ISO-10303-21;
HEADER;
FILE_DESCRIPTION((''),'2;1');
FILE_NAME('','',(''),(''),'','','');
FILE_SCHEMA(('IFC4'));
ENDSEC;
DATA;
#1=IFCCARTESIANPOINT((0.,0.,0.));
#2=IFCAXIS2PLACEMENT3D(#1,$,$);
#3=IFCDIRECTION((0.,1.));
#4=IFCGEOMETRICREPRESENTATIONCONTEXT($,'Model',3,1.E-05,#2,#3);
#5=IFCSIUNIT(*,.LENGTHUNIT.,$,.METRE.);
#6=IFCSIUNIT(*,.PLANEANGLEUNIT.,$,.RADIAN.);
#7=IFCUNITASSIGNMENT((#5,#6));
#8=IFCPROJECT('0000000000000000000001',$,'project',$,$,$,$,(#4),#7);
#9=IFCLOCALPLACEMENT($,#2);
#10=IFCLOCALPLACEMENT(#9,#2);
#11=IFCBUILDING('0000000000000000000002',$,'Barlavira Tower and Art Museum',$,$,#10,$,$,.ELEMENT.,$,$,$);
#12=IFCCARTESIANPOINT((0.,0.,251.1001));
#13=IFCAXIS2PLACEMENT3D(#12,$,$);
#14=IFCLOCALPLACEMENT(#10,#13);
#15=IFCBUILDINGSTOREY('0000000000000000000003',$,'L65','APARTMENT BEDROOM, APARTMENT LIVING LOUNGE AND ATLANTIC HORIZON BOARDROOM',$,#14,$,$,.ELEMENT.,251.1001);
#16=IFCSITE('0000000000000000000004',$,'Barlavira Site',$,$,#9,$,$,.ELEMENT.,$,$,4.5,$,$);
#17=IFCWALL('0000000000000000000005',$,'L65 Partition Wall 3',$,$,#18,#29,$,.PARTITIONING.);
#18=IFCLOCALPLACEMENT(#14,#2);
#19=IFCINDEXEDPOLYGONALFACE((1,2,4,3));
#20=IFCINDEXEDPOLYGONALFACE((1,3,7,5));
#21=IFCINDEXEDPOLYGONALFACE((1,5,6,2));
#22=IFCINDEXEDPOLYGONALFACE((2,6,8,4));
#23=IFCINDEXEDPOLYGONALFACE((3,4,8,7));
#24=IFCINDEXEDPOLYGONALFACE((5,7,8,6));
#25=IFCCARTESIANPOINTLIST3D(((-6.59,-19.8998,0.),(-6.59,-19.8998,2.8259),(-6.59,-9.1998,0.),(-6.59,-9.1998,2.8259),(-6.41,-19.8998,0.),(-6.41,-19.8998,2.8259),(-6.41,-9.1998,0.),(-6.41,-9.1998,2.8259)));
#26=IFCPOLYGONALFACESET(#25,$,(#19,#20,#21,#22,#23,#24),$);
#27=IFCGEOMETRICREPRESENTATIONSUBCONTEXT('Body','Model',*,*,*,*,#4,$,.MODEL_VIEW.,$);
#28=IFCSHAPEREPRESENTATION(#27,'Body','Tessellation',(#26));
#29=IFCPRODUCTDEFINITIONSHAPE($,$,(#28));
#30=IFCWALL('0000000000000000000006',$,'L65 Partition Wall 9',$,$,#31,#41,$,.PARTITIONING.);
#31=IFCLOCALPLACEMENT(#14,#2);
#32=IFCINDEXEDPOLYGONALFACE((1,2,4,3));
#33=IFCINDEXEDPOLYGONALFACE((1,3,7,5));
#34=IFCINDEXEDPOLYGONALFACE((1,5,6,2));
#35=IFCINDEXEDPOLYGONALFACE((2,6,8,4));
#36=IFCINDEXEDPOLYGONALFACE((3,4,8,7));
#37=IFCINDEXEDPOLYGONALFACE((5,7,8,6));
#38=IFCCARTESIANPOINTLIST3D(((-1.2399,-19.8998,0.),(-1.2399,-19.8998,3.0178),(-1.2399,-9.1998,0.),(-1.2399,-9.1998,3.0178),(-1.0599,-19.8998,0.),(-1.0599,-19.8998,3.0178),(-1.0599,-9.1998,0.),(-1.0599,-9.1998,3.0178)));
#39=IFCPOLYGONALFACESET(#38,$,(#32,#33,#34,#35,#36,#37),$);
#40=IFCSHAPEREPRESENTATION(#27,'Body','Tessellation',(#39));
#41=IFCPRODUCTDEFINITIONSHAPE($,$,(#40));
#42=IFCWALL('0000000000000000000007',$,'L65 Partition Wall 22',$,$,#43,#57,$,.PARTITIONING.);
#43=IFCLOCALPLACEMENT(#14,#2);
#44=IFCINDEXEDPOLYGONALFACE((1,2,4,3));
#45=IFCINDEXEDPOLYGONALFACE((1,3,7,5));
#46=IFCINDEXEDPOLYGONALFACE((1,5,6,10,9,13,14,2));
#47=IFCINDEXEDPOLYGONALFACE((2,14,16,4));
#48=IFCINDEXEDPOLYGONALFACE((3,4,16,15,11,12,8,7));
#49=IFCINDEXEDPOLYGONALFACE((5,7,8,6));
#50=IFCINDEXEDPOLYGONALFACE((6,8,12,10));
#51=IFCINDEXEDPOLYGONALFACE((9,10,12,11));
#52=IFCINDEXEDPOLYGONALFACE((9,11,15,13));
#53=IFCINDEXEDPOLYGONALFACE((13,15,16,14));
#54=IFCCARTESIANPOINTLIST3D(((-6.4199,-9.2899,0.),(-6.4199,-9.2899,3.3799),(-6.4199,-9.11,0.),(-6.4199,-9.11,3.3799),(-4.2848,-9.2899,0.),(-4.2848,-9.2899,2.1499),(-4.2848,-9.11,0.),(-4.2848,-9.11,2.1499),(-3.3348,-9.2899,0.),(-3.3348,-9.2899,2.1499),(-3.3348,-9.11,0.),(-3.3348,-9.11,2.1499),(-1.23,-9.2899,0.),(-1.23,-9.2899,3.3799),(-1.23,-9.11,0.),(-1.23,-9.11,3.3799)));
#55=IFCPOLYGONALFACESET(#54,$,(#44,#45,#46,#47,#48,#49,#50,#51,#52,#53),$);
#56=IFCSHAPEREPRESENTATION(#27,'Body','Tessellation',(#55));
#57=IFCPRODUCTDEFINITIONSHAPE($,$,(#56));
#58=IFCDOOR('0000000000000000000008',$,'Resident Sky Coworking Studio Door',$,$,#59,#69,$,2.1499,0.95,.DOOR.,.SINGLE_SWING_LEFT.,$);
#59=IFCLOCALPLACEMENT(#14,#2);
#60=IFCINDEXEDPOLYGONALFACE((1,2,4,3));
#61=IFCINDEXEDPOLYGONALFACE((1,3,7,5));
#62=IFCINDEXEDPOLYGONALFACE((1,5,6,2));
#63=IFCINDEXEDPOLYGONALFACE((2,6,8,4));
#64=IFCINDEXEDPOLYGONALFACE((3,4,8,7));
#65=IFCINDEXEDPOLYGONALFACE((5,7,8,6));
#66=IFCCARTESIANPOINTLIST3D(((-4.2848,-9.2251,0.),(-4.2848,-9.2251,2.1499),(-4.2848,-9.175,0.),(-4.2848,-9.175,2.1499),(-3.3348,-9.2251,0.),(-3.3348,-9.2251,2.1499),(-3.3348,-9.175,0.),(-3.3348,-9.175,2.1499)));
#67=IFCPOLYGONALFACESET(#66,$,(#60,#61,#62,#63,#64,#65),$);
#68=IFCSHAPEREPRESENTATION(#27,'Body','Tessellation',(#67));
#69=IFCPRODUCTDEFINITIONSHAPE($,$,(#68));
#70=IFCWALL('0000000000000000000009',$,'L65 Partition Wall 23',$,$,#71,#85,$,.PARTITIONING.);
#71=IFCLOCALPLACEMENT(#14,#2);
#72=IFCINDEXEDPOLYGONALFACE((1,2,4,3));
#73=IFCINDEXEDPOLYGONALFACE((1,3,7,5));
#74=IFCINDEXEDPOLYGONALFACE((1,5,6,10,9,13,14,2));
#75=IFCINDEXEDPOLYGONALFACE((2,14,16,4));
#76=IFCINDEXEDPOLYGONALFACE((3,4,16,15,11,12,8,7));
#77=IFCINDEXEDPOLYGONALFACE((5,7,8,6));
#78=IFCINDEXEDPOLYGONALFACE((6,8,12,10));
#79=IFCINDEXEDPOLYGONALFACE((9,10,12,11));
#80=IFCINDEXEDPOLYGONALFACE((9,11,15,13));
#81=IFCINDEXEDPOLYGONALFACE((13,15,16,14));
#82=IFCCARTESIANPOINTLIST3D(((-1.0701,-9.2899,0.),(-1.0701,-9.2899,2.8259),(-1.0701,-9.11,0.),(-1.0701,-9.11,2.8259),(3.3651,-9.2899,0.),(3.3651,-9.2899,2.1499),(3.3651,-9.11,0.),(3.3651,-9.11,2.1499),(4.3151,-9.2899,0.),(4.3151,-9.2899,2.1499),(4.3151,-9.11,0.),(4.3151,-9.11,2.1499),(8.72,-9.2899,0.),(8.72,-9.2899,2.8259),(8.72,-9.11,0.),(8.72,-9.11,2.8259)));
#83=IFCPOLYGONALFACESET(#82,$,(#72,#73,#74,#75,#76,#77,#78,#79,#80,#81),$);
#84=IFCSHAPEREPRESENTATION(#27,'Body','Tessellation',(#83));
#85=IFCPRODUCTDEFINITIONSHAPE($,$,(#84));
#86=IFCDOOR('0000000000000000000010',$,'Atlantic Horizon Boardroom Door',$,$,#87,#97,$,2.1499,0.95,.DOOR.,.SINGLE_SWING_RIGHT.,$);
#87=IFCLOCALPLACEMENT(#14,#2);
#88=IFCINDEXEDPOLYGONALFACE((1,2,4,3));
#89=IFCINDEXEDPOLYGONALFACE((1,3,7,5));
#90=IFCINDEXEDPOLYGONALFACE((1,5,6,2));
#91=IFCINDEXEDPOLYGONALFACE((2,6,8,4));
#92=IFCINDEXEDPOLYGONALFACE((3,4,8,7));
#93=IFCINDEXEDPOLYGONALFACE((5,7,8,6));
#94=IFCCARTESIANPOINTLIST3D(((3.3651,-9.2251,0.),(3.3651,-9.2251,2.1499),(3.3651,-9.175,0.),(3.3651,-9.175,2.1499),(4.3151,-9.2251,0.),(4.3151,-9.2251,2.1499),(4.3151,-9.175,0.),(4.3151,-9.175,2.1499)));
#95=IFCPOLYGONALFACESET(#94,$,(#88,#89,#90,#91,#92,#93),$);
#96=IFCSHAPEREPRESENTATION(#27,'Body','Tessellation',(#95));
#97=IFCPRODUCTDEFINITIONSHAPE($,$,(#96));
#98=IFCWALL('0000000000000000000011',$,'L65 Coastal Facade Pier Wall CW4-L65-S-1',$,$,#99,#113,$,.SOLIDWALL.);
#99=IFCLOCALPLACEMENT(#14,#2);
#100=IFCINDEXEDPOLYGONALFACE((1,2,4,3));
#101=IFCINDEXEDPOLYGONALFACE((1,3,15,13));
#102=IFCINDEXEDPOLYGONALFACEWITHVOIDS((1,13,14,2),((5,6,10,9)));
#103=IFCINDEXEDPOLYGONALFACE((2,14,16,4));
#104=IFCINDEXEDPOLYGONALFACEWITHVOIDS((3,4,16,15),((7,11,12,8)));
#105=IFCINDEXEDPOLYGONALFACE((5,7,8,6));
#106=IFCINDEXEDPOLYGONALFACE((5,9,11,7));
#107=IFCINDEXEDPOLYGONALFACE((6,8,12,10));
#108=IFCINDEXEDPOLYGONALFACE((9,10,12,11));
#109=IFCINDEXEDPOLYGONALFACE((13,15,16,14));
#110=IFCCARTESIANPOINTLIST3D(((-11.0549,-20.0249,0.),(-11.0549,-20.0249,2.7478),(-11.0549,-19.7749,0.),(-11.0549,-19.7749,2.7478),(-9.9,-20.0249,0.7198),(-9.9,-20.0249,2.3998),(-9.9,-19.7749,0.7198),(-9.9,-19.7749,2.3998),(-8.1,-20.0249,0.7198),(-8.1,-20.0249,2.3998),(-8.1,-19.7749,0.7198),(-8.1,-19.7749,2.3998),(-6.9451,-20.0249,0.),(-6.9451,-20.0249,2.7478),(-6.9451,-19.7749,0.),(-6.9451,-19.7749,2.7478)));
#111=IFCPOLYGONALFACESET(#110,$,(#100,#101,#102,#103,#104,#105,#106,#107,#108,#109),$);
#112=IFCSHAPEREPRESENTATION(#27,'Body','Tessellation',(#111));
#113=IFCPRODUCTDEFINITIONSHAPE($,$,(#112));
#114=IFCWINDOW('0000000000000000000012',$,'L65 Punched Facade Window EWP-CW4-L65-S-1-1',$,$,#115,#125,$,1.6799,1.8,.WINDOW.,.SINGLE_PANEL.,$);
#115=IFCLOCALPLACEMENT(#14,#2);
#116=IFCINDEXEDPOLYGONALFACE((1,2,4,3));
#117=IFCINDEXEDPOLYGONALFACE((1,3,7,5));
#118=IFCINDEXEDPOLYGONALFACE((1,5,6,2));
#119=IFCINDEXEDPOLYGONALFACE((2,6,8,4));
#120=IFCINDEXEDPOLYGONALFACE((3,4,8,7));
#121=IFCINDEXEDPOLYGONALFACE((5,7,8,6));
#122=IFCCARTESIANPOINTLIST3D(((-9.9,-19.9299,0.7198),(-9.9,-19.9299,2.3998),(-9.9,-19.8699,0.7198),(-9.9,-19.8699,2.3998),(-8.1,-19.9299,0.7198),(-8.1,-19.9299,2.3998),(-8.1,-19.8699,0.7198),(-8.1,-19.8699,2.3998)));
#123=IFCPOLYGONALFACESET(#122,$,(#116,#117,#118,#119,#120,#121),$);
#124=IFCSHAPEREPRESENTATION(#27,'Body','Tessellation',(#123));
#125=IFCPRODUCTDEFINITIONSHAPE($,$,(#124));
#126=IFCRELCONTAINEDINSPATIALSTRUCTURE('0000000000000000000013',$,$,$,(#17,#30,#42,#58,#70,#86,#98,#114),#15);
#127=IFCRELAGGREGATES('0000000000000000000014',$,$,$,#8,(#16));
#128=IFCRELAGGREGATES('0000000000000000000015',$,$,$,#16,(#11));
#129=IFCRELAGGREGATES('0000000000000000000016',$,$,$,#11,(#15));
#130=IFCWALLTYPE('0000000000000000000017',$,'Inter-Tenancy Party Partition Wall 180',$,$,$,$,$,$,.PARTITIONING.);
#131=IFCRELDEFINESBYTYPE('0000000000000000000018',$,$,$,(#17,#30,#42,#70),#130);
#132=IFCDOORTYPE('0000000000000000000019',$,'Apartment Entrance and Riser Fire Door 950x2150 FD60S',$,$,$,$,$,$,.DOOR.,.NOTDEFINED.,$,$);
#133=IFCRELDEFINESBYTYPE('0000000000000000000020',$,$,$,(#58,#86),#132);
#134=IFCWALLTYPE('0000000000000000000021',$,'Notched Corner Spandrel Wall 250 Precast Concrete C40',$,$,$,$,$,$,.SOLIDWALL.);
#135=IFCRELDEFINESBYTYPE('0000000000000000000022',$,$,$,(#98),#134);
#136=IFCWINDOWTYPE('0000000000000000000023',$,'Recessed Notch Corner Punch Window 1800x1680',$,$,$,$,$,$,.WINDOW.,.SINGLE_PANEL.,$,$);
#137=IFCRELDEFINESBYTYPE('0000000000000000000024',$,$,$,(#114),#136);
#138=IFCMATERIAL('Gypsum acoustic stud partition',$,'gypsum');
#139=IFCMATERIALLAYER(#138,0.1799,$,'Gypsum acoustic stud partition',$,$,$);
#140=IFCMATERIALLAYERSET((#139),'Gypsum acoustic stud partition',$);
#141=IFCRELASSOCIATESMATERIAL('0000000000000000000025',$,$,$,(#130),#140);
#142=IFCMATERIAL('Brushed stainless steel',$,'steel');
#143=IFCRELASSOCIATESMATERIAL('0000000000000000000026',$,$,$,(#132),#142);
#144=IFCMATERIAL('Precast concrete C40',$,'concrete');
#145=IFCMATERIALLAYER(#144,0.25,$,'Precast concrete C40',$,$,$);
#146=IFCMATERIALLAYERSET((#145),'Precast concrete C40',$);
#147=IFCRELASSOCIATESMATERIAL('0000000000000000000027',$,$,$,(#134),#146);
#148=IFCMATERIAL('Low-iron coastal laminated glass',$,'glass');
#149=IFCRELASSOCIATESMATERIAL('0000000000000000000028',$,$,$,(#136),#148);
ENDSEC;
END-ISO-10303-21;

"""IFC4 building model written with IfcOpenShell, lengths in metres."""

from ifc_helpers import new_model, si_unit, direction, frame, frame_2d, origin, place, context, subcontext, project, spatial, rectangle, extrude, material, layer, layer_set, type_object, element, fill, save


model = new_model("IFC4")

# Units and contexts
model_context = context("Model", 3, precision=1e-05, world=origin(), true_north=direction((0.0, 1.0)))
body_context = subcontext(model_context, "Body", "Model", "MODEL_VIEW")
ifc_project = project(units=[si_unit("LENGTHUNIT", "METRE"), si_unit("PLANEANGLEUNIT", "RADIAN")], contexts=[model_context])

# Site, building, storey
site_placement = place(None, origin())
site = spatial("IfcSite", under=ifc_project, at=site_placement, Name="Barlavira Site", CompositionType="ELEMENT", RefElevation=4.5)
building_placement = place(site_placement, origin())
building = spatial("IfcBuilding", under=site, at=building_placement, Name="Barlavira Tower and Art Museum", CompositionType="ELEMENT")
storey_placement = place(building_placement, frame((0.0, 0.0, 251.1001)))
storey = spatial("IfcBuildingStorey", under=building, at=storey_placement, Name="L65", Description="APARTMENT BEDROOM, APARTMENT LIVING LOUNGE AND ATLANTIC HORIZON BOARDROOM", CompositionType="ELEMENT", Elevation=251.1001)

# Shared definitions
ifc_material_1 = material(Name="Low-iron coastal laminated glass", Category="glass")

# Walls
ifc_material_2 = material(Name="Gypsum acoustic stud partition", Category="gypsum")
ifc_layer_1 = layer(ifc_material_2, 0.1799, Name="Gypsum acoustic stud partition")
ifc_layer_set_1 = layer_set([ifc_layer_1], Name="Gypsum acoustic stud partition")
wall_type_1 = type_object("IfcWallType", Name="Inter-Tenancy Party Partition Wall 180", PredefinedType="PARTITIONING", material=ifc_layer_set_1)
wall_1_placement = place(storey_placement, frame((-6.5, -19.8999, 0.0), z_axis=(0.0, 0.0, 1.0), x_axis=(0.0, 1.0, 0.0)))
element("IfcWall", 1, at=wall_1_placement, inside=storey, type_object=wall_type_1, Name="L65 Partition Wall 3", PredefinedType="PARTITIONING", context=body_context, shape_type="SweptSolid", body=[
    extrude(rectangle(XDim=10.7, YDim=0.1799, at=frame_2d((5.3501, 0.0))), origin(), (0.0, 0.0, 1.0), 2.8259),
])
wall_2_placement = place(storey_placement, frame((-1.1499, -19.8999, 0.0), z_axis=(0.0, 0.0, 1.0), x_axis=(0.0, 1.0, 0.0)))
element("IfcWall", 2, at=wall_2_placement, inside=storey, type_object=wall_type_1, Name="L65 Partition Wall 9", PredefinedType="PARTITIONING", context=body_context, shape_type="SweptSolid", body=[
    extrude(rectangle(XDim=10.7, YDim=0.1799, at=frame_2d((5.3501, 0.0))), origin(), (0.0, 0.0, 1.0), 3.0178),
])

# Walls, openings, doors
wall_3_placement = place(storey_placement, frame((-6.4199, -9.2, 0.0), z_axis=(0.0, 0.0, 1.0), x_axis=(1.0, 0.0, 0.0)))
wall_3 = element("IfcWall", 3, at=wall_3_placement, inside=storey, type_object=wall_type_1, Name="L65 Partition Wall 22", PredefinedType="PARTITIONING", context=body_context, shape_type="SweptSolid", body=[
    extrude(rectangle(XDim=5.1899, YDim=0.1799, at=frame_2d((2.595, 0.0))), origin(), (0.0, 0.0, 1.0), 3.3799),
])
opening_1_placement = place(wall_3_placement, frame((2.135, 0.0, 0.0)))
opening_1 = element("IfcOpeningElement", 4, at=opening_1_placement, cuts=wall_3, PredefinedType="OPENING", context=body_context, shape_type="SweptSolid", body=[
    extrude(rectangle(XDim=0.95, YDim=2.1499, at=frame_2d((0.4751, 1.075))), frame((0.0, 0.1001, 0.0), z_axis=(0.0, -1.0, 0.0), x_axis=(1.0, 0.0, 0.0)), (0.0, 0.0, 1.0), 0.2),
])
ifc_material_3 = material(Name="Brushed stainless steel", Category="steel")
door_type = type_object("IfcDoorType", Name="Apartment Entrance and Riser Fire Door 950x2150 FD60S", OperationType="NOTDEFINED", PredefinedType="DOOR", material=ifc_material_3)
door_1_placement = place(opening_1_placement, origin())
door_1 = element("IfcDoor", 5, at=door_1_placement, inside=storey, type_object=door_type, Name="Resident Sky Coworking Studio Door", OperationType="SINGLE_SWING_LEFT", OverallHeight=2.1499, OverallWidth=0.95, PredefinedType="DOOR", context=body_context, shape_type="SweptSolid", body=[
    extrude(rectangle(XDim=0.95, YDim=2.1499, at=frame_2d((0.4751, 1.075))), frame((0.0, 0.0249, 0.0), z_axis=(0.0, -1.0, 0.0), x_axis=(1.0, 0.0, 0.0)), (0.0, 0.0, 1.0), 0.05),
])
fill(opening_1, door_1)
wall_4_placement = place(storey_placement, frame((-1.0701, -9.2, 0.0), z_axis=(0.0, 0.0, 1.0), x_axis=(1.0, 0.0, 0.0)))
wall_4 = element("IfcWall", 6, at=wall_4_placement, inside=storey, type_object=wall_type_1, Name="L65 Partition Wall 23", PredefinedType="PARTITIONING", context=body_context, shape_type="SweptSolid", body=[
    extrude(rectangle(XDim=9.79, YDim=0.1799, at=frame_2d((4.895, 0.0))), origin(), (0.0, 0.0, 1.0), 2.8259),
])
opening_2_placement = place(wall_4_placement, frame((4.4351, 0.0, 0.0)))
opening_2 = element("IfcOpeningElement", 7, at=opening_2_placement, cuts=wall_4, PredefinedType="OPENING", context=body_context, shape_type="SweptSolid", body=[
    extrude(rectangle(XDim=0.95, YDim=2.1499, at=frame_2d((0.4751, 1.075))), frame((0.0, 0.1001, 0.0), z_axis=(0.0, -1.0, 0.0), x_axis=(1.0, 0.0, 0.0)), (0.0, 0.0, 1.0), 0.2),
])
door_2_placement = place(opening_2_placement, origin())
door_2 = element("IfcDoor", 8, at=door_2_placement, inside=storey, type_object=door_type, Name="Atlantic Horizon Boardroom Door", OperationType="SINGLE_SWING_RIGHT", OverallHeight=2.1499, OverallWidth=0.95, PredefinedType="DOOR", context=body_context, shape_type="SweptSolid", body=[
    extrude(rectangle(XDim=0.95, YDim=2.1499, at=frame_2d((0.4751, 1.075))), frame((0.0, 0.0249, 0.0), z_axis=(0.0, -1.0, 0.0), x_axis=(1.0, 0.0, 0.0)), (0.0, 0.0, 1.0), 0.05),
])
fill(opening_2, door_2)

# Wall, opening, window
ifc_material_4 = material(Name="Precast concrete C40", Category="concrete")
ifc_layer_2 = layer(ifc_material_4, 0.25, Name="Precast concrete C40")
ifc_layer_set_2 = layer_set([ifc_layer_2], Name="Precast concrete C40")
wall_type_2 = type_object("IfcWallType", Name="Notched Corner Spandrel Wall 250 Precast Concrete C40", PredefinedType="SOLIDWALL", material=ifc_layer_set_2)
wall_5_placement = place(storey_placement, frame((-11.0549, -19.8999, 0.0), z_axis=(0.0, 0.0, 1.0), x_axis=(1.0, 0.0, 0.0)))
wall_5 = element("IfcWall", 9, at=wall_5_placement, inside=storey, type_object=wall_type_2, Name="L65 Coastal Facade Pier Wall CW4-L65-S-1", PredefinedType="SOLIDWALL", context=body_context, shape_type="SweptSolid", body=[
    extrude(rectangle(XDim=4.1099, YDim=0.25, at=frame_2d((2.0549, 0.0))), origin(), (0.0, 0.0, 1.0), 2.7478),
])
opening_3_placement = place(wall_5_placement, frame((1.155, 0.0, 0.72)))
opening_3 = element("IfcOpeningElement", 10, at=opening_3_placement, cuts=wall_5, PredefinedType="OPENING", context=body_context, shape_type="SweptSolid", body=[
    extrude(rectangle(XDim=1.8, YDim=1.6799, at=frame_2d((0.8999, 0.8398))), frame((0.0, 0.135, 0.0), z_axis=(0.0, -1.0, 0.0), x_axis=(1.0, 0.0, 0.0)), (0.0, 0.0, 1.0), 0.27),
])
window_type = type_object("IfcWindowType", Name="Recessed Notch Corner Punch Window 1800x1680", PartitioningType="SINGLE_PANEL", PredefinedType="WINDOW", material=ifc_material_1)
window_placement = place(opening_3_placement, origin())
window = element("IfcWindow", 11, at=window_placement, inside=storey, type_object=window_type, Name="L65 Punched Facade Window EWP-CW4-L65-S-1-1", OverallHeight=1.6799, OverallWidth=1.8, PartitioningType="SINGLE_PANEL", PredefinedType="WINDOW", context=body_context, shape_type="SweptSolid", body=[
    extrude(rectangle(XDim=1.8, YDim=1.6799, at=frame_2d((0.8999, 0.8398))), frame((0.0, 0.03, 0.0), z_axis=(0.0, -1.0, 0.0), x_axis=(1.0, 0.0, 0.0)), (0.0, 0.0, 1.0), 0.0601),
])
fill(opening_3, window)

save(model, "model.ifc")
